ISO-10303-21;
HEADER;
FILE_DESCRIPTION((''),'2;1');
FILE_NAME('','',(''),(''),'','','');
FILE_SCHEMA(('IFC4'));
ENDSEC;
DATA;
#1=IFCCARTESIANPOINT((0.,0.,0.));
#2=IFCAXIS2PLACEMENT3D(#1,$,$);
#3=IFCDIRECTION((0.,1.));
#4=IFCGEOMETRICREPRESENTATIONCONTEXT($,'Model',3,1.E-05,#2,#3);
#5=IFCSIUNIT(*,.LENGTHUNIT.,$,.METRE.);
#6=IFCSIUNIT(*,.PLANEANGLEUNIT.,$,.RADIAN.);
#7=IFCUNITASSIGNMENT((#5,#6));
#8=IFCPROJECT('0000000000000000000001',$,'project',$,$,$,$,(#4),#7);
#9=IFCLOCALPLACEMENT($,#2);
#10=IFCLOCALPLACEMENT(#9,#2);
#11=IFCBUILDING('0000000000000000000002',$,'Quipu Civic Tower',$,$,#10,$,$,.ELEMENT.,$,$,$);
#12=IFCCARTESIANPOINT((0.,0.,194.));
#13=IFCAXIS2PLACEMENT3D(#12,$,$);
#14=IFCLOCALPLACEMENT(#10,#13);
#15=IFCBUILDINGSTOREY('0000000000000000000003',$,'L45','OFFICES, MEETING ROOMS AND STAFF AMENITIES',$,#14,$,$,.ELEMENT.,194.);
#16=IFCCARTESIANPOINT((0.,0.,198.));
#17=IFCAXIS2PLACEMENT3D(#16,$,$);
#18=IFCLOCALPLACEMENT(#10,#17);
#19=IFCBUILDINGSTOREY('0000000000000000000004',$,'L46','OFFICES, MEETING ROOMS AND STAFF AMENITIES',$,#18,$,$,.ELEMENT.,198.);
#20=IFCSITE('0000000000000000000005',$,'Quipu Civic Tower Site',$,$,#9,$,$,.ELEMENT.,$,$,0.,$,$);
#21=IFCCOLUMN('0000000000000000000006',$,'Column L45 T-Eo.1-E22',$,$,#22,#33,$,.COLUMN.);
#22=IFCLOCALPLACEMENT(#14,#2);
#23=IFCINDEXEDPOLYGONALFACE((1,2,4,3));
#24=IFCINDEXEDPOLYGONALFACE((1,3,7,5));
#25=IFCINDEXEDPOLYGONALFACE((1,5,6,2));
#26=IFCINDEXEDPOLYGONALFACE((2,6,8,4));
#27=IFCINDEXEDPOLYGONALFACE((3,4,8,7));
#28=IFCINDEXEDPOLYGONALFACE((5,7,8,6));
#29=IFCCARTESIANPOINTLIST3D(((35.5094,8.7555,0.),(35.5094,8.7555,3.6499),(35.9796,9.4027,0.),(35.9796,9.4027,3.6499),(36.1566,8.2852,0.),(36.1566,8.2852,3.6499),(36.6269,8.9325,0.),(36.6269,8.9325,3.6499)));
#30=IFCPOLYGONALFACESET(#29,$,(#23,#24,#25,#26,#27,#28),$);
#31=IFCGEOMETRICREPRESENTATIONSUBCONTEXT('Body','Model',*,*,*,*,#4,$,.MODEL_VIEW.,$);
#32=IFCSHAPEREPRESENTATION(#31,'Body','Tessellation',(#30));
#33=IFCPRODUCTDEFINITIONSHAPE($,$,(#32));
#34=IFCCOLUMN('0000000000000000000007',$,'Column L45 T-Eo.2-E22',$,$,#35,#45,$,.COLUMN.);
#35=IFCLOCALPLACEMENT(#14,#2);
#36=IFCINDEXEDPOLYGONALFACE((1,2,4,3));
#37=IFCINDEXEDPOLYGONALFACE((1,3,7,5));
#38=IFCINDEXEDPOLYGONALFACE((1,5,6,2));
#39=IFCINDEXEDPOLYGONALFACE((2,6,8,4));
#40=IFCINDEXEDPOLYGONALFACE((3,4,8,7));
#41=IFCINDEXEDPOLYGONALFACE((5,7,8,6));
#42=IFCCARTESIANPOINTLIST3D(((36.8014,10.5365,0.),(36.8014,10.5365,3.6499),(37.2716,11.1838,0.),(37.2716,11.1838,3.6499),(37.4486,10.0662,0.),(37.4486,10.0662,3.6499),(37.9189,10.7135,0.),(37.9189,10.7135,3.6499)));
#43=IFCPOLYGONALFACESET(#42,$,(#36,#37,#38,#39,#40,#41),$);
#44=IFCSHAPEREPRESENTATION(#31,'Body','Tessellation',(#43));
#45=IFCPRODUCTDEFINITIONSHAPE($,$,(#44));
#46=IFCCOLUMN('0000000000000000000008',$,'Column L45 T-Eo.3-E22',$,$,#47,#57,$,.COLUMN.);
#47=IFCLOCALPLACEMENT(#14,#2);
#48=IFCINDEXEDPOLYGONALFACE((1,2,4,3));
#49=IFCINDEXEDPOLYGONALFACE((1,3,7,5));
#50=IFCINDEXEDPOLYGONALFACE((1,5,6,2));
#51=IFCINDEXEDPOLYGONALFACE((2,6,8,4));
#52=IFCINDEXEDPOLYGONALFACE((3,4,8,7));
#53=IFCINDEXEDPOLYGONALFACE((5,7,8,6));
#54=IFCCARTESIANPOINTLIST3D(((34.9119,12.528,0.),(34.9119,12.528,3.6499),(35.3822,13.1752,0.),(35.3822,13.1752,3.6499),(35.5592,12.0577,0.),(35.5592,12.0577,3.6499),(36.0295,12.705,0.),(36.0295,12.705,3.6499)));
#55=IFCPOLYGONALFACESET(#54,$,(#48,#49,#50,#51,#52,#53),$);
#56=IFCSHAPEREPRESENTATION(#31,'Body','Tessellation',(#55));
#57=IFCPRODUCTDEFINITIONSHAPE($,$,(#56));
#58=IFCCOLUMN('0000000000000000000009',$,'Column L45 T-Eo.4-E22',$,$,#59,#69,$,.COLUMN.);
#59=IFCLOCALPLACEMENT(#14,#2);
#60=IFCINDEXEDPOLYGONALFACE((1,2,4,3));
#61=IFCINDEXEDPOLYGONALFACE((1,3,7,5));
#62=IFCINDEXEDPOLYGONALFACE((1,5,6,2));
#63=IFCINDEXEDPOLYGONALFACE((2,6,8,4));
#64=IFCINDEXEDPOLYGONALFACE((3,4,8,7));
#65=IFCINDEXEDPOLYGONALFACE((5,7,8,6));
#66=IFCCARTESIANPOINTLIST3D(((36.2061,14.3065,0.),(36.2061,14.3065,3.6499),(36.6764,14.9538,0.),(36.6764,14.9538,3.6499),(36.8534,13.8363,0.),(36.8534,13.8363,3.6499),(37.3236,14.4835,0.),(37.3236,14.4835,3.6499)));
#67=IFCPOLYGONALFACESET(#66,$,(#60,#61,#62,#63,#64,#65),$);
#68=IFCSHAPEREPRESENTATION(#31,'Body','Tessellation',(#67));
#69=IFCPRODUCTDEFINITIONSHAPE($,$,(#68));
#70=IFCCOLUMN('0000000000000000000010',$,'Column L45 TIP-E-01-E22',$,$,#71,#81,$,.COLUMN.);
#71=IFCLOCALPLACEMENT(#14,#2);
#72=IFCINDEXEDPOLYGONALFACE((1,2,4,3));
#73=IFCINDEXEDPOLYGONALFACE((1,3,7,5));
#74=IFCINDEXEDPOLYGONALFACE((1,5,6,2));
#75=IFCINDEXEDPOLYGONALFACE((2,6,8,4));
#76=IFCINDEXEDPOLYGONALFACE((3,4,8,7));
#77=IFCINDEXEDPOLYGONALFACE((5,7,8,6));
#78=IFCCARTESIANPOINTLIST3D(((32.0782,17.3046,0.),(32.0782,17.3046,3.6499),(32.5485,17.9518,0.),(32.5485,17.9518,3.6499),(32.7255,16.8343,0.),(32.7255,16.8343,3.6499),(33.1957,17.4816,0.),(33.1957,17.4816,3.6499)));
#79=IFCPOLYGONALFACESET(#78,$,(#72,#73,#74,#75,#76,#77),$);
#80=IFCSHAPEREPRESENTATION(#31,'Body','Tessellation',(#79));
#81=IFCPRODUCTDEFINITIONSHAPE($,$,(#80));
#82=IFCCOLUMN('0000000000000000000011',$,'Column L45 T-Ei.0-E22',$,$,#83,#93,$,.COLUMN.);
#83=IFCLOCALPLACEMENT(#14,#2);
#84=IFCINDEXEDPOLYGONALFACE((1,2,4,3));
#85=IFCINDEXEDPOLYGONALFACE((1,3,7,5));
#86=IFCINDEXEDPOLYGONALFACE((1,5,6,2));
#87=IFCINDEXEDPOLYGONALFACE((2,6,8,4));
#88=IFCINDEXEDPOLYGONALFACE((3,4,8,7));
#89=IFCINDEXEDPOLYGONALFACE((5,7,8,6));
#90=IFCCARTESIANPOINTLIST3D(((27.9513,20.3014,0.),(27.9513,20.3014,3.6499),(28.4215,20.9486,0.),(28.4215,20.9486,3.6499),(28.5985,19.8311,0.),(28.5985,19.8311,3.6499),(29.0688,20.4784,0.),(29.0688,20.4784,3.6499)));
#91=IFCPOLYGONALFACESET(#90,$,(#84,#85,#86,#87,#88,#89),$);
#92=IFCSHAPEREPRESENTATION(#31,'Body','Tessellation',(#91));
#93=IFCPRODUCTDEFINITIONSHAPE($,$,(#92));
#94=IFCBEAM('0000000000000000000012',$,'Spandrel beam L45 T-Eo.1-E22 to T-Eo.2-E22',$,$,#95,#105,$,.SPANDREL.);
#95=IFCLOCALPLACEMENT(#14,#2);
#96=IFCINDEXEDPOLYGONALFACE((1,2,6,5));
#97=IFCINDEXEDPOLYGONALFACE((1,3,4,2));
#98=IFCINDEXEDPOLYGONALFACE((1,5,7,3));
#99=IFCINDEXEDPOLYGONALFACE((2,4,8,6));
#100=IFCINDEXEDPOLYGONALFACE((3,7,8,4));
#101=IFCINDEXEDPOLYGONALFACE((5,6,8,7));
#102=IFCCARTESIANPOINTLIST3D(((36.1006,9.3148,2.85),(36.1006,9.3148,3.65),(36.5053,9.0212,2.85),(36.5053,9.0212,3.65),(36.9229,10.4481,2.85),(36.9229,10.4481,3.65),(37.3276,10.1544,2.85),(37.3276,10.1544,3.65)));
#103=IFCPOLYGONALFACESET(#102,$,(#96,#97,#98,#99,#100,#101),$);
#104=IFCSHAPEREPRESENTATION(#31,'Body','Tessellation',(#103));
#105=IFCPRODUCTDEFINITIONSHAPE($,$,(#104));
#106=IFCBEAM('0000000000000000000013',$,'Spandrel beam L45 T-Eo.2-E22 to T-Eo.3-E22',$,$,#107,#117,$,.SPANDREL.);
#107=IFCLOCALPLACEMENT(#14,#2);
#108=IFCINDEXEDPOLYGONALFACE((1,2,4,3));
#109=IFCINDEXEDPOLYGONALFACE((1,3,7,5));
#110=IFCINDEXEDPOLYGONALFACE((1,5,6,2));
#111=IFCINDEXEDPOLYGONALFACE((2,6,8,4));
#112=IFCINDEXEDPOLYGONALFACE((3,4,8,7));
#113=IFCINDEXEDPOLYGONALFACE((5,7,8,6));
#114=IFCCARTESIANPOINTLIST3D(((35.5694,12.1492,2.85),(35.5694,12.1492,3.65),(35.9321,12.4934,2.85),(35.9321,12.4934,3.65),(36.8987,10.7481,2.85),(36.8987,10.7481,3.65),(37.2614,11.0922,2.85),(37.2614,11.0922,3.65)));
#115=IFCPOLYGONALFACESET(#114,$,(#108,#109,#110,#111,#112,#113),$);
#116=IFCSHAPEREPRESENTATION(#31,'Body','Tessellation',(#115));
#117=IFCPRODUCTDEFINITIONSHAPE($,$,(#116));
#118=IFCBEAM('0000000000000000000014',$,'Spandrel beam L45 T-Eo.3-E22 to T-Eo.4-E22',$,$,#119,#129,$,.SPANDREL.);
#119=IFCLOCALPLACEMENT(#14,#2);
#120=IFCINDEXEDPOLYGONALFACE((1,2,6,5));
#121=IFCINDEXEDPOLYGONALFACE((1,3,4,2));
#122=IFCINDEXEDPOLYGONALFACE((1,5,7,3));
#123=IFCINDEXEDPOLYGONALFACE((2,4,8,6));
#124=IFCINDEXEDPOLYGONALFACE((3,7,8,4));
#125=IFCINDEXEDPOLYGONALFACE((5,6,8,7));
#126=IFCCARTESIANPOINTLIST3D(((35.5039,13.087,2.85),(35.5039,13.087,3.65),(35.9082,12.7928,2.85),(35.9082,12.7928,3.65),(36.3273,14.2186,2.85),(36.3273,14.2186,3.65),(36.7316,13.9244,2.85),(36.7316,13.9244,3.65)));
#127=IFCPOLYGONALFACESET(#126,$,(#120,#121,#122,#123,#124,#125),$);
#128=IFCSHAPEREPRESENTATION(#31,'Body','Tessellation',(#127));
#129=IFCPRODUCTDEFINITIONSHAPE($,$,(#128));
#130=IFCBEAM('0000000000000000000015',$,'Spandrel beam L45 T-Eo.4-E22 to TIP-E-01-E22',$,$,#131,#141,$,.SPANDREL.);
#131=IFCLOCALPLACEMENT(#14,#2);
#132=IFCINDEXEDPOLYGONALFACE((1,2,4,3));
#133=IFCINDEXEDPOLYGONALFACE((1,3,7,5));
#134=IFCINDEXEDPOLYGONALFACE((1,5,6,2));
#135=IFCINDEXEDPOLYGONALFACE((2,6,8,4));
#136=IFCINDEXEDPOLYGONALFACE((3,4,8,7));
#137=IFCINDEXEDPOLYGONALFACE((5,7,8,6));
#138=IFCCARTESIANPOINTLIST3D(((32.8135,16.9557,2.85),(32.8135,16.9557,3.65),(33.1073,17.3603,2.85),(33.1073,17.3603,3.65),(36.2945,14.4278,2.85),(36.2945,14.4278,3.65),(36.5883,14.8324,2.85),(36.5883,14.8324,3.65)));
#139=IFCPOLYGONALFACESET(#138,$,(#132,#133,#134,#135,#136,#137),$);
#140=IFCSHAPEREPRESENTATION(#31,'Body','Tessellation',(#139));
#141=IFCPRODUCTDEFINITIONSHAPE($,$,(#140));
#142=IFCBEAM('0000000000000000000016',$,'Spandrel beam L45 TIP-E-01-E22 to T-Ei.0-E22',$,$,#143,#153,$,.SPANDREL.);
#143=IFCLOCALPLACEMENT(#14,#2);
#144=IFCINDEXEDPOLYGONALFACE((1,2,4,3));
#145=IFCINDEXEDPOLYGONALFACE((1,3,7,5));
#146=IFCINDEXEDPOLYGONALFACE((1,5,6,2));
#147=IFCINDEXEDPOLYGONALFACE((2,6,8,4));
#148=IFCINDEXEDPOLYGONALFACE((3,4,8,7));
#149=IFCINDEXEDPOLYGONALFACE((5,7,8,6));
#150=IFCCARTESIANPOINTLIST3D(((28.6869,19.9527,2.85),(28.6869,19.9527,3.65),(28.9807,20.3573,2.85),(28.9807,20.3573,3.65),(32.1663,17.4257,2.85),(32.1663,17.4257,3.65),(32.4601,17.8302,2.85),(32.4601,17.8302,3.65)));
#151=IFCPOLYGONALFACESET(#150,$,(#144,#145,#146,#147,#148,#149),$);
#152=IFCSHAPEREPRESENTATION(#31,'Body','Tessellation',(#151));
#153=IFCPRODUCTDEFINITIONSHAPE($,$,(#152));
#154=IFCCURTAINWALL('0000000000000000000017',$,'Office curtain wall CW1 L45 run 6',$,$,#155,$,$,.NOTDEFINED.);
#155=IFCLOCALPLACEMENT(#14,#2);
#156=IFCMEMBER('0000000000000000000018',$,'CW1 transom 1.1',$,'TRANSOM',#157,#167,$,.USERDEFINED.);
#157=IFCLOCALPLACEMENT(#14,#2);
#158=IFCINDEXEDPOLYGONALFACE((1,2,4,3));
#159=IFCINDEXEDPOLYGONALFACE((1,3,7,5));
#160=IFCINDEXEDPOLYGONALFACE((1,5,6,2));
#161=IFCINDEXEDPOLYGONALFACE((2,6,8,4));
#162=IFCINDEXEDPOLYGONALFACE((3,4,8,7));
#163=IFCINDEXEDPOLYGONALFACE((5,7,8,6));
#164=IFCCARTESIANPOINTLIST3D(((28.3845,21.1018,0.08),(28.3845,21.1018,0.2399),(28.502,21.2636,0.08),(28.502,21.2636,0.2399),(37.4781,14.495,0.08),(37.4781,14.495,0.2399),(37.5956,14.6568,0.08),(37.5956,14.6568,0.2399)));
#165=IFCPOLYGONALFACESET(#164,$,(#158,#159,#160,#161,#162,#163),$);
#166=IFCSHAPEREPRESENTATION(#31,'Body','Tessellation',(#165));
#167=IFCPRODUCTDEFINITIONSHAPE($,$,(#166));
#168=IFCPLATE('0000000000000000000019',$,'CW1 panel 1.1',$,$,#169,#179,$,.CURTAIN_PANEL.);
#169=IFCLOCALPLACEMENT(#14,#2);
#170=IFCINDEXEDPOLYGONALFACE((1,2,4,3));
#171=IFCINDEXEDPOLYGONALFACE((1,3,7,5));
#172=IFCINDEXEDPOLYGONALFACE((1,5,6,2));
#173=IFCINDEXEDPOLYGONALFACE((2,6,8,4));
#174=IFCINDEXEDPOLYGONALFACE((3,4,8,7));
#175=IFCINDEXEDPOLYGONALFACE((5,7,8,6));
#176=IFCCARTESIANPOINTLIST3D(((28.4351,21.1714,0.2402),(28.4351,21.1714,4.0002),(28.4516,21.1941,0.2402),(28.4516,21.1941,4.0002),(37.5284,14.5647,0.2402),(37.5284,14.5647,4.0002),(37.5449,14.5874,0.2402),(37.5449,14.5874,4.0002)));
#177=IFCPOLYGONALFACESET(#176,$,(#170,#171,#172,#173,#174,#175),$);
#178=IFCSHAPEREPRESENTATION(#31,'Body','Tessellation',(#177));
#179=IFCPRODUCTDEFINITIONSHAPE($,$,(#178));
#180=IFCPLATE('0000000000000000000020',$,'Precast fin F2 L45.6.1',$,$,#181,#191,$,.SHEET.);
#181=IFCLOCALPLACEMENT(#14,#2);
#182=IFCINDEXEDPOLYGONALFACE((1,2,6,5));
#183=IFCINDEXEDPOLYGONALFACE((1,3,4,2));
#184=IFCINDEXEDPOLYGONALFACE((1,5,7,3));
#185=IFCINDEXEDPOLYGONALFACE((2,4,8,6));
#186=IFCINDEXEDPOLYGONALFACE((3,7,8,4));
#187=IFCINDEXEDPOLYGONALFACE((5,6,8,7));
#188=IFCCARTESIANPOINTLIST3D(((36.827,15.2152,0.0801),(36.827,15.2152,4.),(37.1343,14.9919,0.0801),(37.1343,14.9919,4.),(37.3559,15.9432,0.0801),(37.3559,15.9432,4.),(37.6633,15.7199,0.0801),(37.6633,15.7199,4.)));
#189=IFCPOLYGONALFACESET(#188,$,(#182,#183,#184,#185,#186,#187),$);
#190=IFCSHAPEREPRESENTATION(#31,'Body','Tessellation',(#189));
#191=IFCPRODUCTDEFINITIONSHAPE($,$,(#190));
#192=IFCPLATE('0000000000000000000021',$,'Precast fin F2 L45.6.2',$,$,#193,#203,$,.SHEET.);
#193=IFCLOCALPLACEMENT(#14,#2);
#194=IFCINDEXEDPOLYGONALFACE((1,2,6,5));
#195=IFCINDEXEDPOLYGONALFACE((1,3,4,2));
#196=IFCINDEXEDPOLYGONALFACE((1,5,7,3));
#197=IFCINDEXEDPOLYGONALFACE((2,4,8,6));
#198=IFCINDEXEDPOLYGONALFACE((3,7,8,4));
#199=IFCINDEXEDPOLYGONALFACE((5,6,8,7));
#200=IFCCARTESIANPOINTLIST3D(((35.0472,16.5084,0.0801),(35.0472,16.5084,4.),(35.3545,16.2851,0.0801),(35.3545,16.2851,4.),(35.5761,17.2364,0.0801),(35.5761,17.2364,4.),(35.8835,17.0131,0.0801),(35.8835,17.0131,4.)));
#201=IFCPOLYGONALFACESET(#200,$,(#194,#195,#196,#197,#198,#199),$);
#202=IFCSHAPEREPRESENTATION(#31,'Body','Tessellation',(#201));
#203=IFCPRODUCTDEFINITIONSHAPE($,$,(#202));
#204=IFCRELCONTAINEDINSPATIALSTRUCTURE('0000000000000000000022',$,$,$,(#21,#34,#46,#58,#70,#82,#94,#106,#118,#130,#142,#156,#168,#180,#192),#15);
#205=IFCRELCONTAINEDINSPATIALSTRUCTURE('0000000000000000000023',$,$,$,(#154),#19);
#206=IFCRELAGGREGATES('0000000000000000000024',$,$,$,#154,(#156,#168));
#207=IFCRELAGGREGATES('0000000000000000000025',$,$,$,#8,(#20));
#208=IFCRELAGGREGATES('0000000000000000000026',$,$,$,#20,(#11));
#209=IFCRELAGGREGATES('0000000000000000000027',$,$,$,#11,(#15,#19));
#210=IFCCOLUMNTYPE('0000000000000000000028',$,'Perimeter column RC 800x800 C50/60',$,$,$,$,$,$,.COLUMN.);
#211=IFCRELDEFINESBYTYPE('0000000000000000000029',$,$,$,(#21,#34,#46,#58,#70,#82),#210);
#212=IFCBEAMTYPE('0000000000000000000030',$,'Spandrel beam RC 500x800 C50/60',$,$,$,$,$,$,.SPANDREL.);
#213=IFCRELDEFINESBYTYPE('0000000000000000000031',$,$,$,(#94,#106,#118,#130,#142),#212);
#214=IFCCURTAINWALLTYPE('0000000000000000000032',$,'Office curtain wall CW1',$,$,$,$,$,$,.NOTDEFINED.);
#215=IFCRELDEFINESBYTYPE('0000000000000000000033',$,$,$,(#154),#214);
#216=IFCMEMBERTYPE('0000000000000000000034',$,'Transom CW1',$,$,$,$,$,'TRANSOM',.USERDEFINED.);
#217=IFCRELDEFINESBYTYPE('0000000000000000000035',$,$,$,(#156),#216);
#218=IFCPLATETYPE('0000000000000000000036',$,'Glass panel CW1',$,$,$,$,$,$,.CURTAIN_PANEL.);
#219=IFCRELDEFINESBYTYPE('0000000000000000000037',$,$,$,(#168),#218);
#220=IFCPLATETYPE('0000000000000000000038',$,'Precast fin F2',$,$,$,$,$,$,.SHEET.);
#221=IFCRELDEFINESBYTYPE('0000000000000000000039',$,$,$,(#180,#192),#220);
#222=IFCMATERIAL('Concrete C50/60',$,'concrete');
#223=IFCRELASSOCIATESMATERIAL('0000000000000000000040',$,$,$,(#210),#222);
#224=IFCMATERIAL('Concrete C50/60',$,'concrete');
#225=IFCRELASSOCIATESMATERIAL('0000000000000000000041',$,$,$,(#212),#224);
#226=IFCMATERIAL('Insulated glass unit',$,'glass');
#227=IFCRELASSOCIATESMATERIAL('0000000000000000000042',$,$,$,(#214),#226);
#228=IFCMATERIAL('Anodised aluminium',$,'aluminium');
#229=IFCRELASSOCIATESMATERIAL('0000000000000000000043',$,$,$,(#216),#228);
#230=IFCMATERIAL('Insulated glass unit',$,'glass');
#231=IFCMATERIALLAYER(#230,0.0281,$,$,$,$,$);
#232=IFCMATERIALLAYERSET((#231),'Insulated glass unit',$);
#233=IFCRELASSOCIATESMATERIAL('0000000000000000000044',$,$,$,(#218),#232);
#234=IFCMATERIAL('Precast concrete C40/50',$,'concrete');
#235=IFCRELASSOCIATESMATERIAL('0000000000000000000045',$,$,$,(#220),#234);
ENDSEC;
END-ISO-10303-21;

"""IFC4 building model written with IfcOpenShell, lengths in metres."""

from ifc_helpers import new_model, si_unit, direction, frame, origin, origin_2d, place, context, subcontext, project, spatial, rectangle, extrude, material, layer, layer_set, material_profile, profile_set, type_object, element, aggregate, save


model = new_model("IFC4")

# Units and contexts
model_context = context("Model", 3, precision=1e-05, world=origin(), true_north=direction((0.0, 1.0)))
body_context = subcontext(model_context, "Body", "Model", "MODEL_VIEW")
ifc_project = project(units=[si_unit("LENGTHUNIT", "METRE"), si_unit("PLANEANGLEUNIT", "RADIAN")], contexts=[model_context])

# Site, building, storey
site_placement = place(None, origin())
site = spatial("IfcSite", under=ifc_project, at=site_placement, Name="Quipu Civic Tower Site", CompositionType="ELEMENT", RefElevation=0.0)
building_placement = place(site_placement, origin())
building = spatial("IfcBuilding", under=site, at=building_placement, Name="Quipu Civic Tower", CompositionType="ELEMENT")
storey_1_placement = place(building_placement, frame((0.0, 0.0, 194.0)))
storey_1 = spatial("IfcBuildingStorey", under=building, at=storey_1_placement, Name="L45", Description="OFFICES, MEETING ROOMS AND STAFF AMENITIES", CompositionType="ELEMENT", Elevation=194.0)

# Columns
ifc_material_1 = material(Name="Concrete C50/60", Category="concrete")
ifc_material_profile_1 = material_profile(ifc_material_1, rectangle(XDim=0.8, YDim=0.8, at=origin_2d()), Name="RC800x800")
ifc_profile_set_1 = profile_set([ifc_material_profile_1], Name="Concrete C50/60")
column_type = type_object("IfcColumnType", Name="Perimeter column RC 800x800 C50/60", PredefinedType="COLUMN", material=ifc_profile_set_1)
for number, where, z_axis, x_axis, name in (
    (1, (36.0681, 8.844, 0.0), (0.0, 0.0, 1.0), (0.587785, 0.809017, 0.0), "Column L45 T-Eo.1-E22"),
    (2, (37.3601, 10.625, 0.0), (0.0, 0.0, 1.0), (0.587785, 0.809017, 0.0), "Column L45 T-Eo.2-E22"),
    (3, (35.4707, 12.6165, 0.0), (0.0, 0.0, 1.0), (-0.809017, 0.587785, 0.0), "Column L45 T-Eo.3-E22"),
    (4, (36.7649, 14.395, 0.0), (0.0, 0.0, 1.0), (-0.809017, 0.587785, 0.0), "Column L45 T-Eo.4-E22"),
    (5, (32.637, 17.3931, 0.0), (0.0, 0.0, 1.0), (-0.809017, 0.587785, 0.0), "Column L45 TIP-E-01-E22"),
    (6, (28.51, 20.3899, 0.0), (0.0, 0.0, 1.0), (-0.587785, -0.809017, 0.0), "Column L45 T-Ei.0-E22"),
):
    element("IfcColumn", number, at=place(storey_1_placement, frame(where, z_axis=z_axis, x_axis=x_axis)), inside=storey_1, type_object=column_type, Name=name, PredefinedType="COLUMN", context=body_context, shape_type="SweptSolid", body=[
        extrude(rectangle(XDim=0.8, YDim=0.8, at=origin_2d()), origin(), (0.0, 0.0, 1.0), 3.6499),
    ])

# Beams
ifc_material_2 = material(Name="Concrete C50/60", Category="concrete")
ifc_material_profile_2 = material_profile(ifc_material_2, rectangle(XDim=0.5, YDim=0.8, at=origin_2d()), Name="RC500x800")
ifc_profile_set_2 = profile_set([ifc_material_profile_2], Name="Concrete C50/60")
beam_type = type_object("IfcBeamType", Name="Spandrel beam RC 500x800 C50/60", PredefinedType="SPANDREL", material=ifc_profile_set_2)
beam_1_placement = place(storey_1_placement, frame((36.303, 9.168, 3.25), z_axis=(0.587259, 0.809399, 0.0), x_axis=(-0.809399, 0.587259, 0.0)))
element("IfcBeam", 7, at=beam_1_placement, inside=storey_1, type_object=beam_type, Name="Spandrel beam L45 T-Eo.1-E22 to T-Eo.2-E22", PredefinedType="SPANDREL", context=body_context, shape_type="SweptSolid", body=[
    extrude(rectangle(XDim=0.5, YDim=0.8, at=origin_2d()), origin(), (0.0, 0.0, 1.0), 1.4001),
])
beam_2_placement = place(storey_1_placement, frame((37.0801, 10.9202, 3.25), z_axis=(-0.688281, 0.725444, 0.0), x_axis=(-0.725444, -0.688281, 0.0)))
element("IfcBeam", 8, at=beam_2_placement, inside=storey_1, type_object=beam_type, Name="Spandrel beam L45 T-Eo.2-E22 to T-Eo.3-E22", PredefinedType="SPANDREL", context=body_context, shape_type="SweptSolid", body=[
    extrude(rectangle(XDim=0.5, YDim=0.8, at=origin_2d()), origin(), (0.0, 0.0, 1.0), 1.9314),
])
beam_3_placement = place(storey_1_placement, frame((35.7061, 12.9399, 3.25), z_axis=(0.58841, 0.808563, 0.0), x_axis=(-0.808563, 0.58841, 0.0)))
element("IfcBeam", 9, at=beam_3_placement, inside=storey_1, type_object=beam_type, Name="Spandrel beam L45 T-Eo.3-E22 to T-Eo.4-E22", PredefinedType="SPANDREL", context=body_context, shape_type="SweptSolid", body=[
    extrude(rectangle(XDim=0.5, YDim=0.8, at=origin_2d()), origin(), (0.0, 0.0, 1.0), 1.3994),
])
beam_4_placement = place(storey_1_placement, frame((36.4414, 14.6301, 3.25), z_axis=(-0.809153, 0.587598, 0.0), x_axis=(-0.587598, -0.809153, 0.0)))
element("IfcBeam", 10, at=beam_4_placement, inside=storey_1, type_object=beam_type, Name="Spandrel beam L45 T-Eo.4-E22 to TIP-E-01-E22", PredefinedType="SPANDREL", context=body_context, shape_type="SweptSolid", body=[
    extrude(rectangle(XDim=0.5, YDim=0.8, at=origin_2d()), origin(), (0.0, 0.0, 1.0), 4.302),
])
beam_5_placement = place(storey_1_placement, frame((32.3132, 17.6279, 3.25), z_axis=(-0.809116, 0.587648, 0.0), x_axis=(-0.587648, -0.809116, 0.0)))
element("IfcBeam", 11, at=beam_5_placement, inside=storey_1, type_object=beam_type, Name="Spandrel beam L45 TIP-E-01-E22 to T-Ei.0-E22", PredefinedType="SPANDREL", context=body_context, shape_type="SweptSolid", body=[
    extrude(rectangle(XDim=0.5, YDim=0.8, at=origin_2d()), origin(), (0.0, 0.0, 1.0), 4.3003),
])

# Shared definitions
storey_2_placement = place(building_placement, frame((0.0, 0.0, 198.0)))
storey_2 = spatial("IfcBuildingStorey", under=building, at=storey_2_placement, Name="L46", Description="OFFICES, MEETING ROOMS AND STAFF AMENITIES", CompositionType="ELEMENT", Elevation=198.0)

# Curtain wall, member, plate
ifc_material_3 = material(Name="Insulated glass unit", Category="glass")
curtain_wall_type = type_object("IfcCurtainWallType", Name="Office curtain wall CW1", PredefinedType="NOTDEFINED", material=ifc_material_3)
curtain_wall_placement = place(storey_2_placement, origin())
curtain_wall = element("IfcCurtainWall", 12, at=curtain_wall_placement, inside=storey_2, type_object=curtain_wall_type, Name="Office curtain wall CW1 L45 run 6", PredefinedType="NOTDEFINED")
ifc_material_4 = material(Name="Anodised aluminium", Category="aluminium")
ifc_material_profile_3 = material_profile(ifc_material_4, rectangle(XDim=0.2, YDim=0.1599, at=origin_2d()), Name="RECT 200x160")
ifc_profile_set_3 = profile_set([ifc_material_profile_3], Name="Anodised aluminium")
member_type = type_object("IfcMemberType", Name="Transom CW1", ElementType="TRANSOM", PredefinedType="USERDEFINED", material=ifc_profile_set_3)
member_placement = place(storey_1_placement, frame((37.5369, 14.5759, 0.1599), z_axis=(-0.809022, 0.587778, 0.0), x_axis=(-0.587778, -0.809022, 0.0)))
member = element("IfcMember", 13, at=member_placement, inside=storey_1, type_object=member_type, Name="CW1 transom 1.1", ObjectType="TRANSOM", PredefinedType="USERDEFINED", context=body_context, shape_type="SweptSolid", body=[
    extrude(rectangle(XDim=0.2, YDim=0.1599, at=origin_2d()), origin(), (0.0, 0.0, 1.0), 11.2402),
])
ifc_material_5 = material(Name="Insulated glass unit", Category="glass")
ifc_layer = layer(ifc_material_5, 0.0281)
ifc_layer_set = layer_set([ifc_layer], Name="Insulated glass unit")
plate_type_1 = type_object("IfcPlateType", Name="Glass panel CW1", PredefinedType="CURTAIN_PANEL", material=ifc_layer_set)
plate_placement = place(storey_1_placement, frame((32.99, 17.8794, 0.2402), z_axis=(0.0, 0.0, 1.0), x_axis=(-0.809015, 0.587788, 0.0)))
plate = element("IfcPlate", 14, at=plate_placement, inside=storey_1, type_object=plate_type_1, Name="CW1 panel 1.1", PredefinedType="CURTAIN_PANEL", context=body_context, shape_type="SweptSolid", body=[
    extrude(rectangle(XDim=11.24, YDim=0.0281, at=origin_2d()), origin(), (0.0, 0.0, 1.0), 3.76),
])
aggregate(curtain_wall, [member, plate])

# Plates
ifc_material_6 = material(Name="Precast concrete C40/50", Category="concrete")
plate_type_2 = type_object("IfcPlateType", Name="Precast fin F2", PredefinedType="SHEET", material=ifc_material_6)
for number, where, z_axis, x_axis, name in (
    (15, (37.2451, 15.4675, 0.0801), (0.0, 0.0, 1.0), (-0.809017, 0.587785, 0.0), "Precast fin F2 L45.6.1"),
    (16, (35.4653, 16.7607, 0.0801), (0.0, 0.0, 1.0), (-0.809017, 0.587785, 0.0), "Precast fin F2 L45.6.2"),
):
    element("IfcPlate", number, at=place(storey_1_placement, frame(where, z_axis=z_axis, x_axis=x_axis)), inside=storey_1, type_object=plate_type_2, Name=name, PredefinedType="SHEET", context=body_context, shape_type="SweptSolid", body=[
        extrude(rectangle(XDim=0.3799, YDim=0.8999, at=origin_2d()), origin(), (0.0, 0.0, 1.0), 3.9199),
    ])

save(model, "model.ifc")
